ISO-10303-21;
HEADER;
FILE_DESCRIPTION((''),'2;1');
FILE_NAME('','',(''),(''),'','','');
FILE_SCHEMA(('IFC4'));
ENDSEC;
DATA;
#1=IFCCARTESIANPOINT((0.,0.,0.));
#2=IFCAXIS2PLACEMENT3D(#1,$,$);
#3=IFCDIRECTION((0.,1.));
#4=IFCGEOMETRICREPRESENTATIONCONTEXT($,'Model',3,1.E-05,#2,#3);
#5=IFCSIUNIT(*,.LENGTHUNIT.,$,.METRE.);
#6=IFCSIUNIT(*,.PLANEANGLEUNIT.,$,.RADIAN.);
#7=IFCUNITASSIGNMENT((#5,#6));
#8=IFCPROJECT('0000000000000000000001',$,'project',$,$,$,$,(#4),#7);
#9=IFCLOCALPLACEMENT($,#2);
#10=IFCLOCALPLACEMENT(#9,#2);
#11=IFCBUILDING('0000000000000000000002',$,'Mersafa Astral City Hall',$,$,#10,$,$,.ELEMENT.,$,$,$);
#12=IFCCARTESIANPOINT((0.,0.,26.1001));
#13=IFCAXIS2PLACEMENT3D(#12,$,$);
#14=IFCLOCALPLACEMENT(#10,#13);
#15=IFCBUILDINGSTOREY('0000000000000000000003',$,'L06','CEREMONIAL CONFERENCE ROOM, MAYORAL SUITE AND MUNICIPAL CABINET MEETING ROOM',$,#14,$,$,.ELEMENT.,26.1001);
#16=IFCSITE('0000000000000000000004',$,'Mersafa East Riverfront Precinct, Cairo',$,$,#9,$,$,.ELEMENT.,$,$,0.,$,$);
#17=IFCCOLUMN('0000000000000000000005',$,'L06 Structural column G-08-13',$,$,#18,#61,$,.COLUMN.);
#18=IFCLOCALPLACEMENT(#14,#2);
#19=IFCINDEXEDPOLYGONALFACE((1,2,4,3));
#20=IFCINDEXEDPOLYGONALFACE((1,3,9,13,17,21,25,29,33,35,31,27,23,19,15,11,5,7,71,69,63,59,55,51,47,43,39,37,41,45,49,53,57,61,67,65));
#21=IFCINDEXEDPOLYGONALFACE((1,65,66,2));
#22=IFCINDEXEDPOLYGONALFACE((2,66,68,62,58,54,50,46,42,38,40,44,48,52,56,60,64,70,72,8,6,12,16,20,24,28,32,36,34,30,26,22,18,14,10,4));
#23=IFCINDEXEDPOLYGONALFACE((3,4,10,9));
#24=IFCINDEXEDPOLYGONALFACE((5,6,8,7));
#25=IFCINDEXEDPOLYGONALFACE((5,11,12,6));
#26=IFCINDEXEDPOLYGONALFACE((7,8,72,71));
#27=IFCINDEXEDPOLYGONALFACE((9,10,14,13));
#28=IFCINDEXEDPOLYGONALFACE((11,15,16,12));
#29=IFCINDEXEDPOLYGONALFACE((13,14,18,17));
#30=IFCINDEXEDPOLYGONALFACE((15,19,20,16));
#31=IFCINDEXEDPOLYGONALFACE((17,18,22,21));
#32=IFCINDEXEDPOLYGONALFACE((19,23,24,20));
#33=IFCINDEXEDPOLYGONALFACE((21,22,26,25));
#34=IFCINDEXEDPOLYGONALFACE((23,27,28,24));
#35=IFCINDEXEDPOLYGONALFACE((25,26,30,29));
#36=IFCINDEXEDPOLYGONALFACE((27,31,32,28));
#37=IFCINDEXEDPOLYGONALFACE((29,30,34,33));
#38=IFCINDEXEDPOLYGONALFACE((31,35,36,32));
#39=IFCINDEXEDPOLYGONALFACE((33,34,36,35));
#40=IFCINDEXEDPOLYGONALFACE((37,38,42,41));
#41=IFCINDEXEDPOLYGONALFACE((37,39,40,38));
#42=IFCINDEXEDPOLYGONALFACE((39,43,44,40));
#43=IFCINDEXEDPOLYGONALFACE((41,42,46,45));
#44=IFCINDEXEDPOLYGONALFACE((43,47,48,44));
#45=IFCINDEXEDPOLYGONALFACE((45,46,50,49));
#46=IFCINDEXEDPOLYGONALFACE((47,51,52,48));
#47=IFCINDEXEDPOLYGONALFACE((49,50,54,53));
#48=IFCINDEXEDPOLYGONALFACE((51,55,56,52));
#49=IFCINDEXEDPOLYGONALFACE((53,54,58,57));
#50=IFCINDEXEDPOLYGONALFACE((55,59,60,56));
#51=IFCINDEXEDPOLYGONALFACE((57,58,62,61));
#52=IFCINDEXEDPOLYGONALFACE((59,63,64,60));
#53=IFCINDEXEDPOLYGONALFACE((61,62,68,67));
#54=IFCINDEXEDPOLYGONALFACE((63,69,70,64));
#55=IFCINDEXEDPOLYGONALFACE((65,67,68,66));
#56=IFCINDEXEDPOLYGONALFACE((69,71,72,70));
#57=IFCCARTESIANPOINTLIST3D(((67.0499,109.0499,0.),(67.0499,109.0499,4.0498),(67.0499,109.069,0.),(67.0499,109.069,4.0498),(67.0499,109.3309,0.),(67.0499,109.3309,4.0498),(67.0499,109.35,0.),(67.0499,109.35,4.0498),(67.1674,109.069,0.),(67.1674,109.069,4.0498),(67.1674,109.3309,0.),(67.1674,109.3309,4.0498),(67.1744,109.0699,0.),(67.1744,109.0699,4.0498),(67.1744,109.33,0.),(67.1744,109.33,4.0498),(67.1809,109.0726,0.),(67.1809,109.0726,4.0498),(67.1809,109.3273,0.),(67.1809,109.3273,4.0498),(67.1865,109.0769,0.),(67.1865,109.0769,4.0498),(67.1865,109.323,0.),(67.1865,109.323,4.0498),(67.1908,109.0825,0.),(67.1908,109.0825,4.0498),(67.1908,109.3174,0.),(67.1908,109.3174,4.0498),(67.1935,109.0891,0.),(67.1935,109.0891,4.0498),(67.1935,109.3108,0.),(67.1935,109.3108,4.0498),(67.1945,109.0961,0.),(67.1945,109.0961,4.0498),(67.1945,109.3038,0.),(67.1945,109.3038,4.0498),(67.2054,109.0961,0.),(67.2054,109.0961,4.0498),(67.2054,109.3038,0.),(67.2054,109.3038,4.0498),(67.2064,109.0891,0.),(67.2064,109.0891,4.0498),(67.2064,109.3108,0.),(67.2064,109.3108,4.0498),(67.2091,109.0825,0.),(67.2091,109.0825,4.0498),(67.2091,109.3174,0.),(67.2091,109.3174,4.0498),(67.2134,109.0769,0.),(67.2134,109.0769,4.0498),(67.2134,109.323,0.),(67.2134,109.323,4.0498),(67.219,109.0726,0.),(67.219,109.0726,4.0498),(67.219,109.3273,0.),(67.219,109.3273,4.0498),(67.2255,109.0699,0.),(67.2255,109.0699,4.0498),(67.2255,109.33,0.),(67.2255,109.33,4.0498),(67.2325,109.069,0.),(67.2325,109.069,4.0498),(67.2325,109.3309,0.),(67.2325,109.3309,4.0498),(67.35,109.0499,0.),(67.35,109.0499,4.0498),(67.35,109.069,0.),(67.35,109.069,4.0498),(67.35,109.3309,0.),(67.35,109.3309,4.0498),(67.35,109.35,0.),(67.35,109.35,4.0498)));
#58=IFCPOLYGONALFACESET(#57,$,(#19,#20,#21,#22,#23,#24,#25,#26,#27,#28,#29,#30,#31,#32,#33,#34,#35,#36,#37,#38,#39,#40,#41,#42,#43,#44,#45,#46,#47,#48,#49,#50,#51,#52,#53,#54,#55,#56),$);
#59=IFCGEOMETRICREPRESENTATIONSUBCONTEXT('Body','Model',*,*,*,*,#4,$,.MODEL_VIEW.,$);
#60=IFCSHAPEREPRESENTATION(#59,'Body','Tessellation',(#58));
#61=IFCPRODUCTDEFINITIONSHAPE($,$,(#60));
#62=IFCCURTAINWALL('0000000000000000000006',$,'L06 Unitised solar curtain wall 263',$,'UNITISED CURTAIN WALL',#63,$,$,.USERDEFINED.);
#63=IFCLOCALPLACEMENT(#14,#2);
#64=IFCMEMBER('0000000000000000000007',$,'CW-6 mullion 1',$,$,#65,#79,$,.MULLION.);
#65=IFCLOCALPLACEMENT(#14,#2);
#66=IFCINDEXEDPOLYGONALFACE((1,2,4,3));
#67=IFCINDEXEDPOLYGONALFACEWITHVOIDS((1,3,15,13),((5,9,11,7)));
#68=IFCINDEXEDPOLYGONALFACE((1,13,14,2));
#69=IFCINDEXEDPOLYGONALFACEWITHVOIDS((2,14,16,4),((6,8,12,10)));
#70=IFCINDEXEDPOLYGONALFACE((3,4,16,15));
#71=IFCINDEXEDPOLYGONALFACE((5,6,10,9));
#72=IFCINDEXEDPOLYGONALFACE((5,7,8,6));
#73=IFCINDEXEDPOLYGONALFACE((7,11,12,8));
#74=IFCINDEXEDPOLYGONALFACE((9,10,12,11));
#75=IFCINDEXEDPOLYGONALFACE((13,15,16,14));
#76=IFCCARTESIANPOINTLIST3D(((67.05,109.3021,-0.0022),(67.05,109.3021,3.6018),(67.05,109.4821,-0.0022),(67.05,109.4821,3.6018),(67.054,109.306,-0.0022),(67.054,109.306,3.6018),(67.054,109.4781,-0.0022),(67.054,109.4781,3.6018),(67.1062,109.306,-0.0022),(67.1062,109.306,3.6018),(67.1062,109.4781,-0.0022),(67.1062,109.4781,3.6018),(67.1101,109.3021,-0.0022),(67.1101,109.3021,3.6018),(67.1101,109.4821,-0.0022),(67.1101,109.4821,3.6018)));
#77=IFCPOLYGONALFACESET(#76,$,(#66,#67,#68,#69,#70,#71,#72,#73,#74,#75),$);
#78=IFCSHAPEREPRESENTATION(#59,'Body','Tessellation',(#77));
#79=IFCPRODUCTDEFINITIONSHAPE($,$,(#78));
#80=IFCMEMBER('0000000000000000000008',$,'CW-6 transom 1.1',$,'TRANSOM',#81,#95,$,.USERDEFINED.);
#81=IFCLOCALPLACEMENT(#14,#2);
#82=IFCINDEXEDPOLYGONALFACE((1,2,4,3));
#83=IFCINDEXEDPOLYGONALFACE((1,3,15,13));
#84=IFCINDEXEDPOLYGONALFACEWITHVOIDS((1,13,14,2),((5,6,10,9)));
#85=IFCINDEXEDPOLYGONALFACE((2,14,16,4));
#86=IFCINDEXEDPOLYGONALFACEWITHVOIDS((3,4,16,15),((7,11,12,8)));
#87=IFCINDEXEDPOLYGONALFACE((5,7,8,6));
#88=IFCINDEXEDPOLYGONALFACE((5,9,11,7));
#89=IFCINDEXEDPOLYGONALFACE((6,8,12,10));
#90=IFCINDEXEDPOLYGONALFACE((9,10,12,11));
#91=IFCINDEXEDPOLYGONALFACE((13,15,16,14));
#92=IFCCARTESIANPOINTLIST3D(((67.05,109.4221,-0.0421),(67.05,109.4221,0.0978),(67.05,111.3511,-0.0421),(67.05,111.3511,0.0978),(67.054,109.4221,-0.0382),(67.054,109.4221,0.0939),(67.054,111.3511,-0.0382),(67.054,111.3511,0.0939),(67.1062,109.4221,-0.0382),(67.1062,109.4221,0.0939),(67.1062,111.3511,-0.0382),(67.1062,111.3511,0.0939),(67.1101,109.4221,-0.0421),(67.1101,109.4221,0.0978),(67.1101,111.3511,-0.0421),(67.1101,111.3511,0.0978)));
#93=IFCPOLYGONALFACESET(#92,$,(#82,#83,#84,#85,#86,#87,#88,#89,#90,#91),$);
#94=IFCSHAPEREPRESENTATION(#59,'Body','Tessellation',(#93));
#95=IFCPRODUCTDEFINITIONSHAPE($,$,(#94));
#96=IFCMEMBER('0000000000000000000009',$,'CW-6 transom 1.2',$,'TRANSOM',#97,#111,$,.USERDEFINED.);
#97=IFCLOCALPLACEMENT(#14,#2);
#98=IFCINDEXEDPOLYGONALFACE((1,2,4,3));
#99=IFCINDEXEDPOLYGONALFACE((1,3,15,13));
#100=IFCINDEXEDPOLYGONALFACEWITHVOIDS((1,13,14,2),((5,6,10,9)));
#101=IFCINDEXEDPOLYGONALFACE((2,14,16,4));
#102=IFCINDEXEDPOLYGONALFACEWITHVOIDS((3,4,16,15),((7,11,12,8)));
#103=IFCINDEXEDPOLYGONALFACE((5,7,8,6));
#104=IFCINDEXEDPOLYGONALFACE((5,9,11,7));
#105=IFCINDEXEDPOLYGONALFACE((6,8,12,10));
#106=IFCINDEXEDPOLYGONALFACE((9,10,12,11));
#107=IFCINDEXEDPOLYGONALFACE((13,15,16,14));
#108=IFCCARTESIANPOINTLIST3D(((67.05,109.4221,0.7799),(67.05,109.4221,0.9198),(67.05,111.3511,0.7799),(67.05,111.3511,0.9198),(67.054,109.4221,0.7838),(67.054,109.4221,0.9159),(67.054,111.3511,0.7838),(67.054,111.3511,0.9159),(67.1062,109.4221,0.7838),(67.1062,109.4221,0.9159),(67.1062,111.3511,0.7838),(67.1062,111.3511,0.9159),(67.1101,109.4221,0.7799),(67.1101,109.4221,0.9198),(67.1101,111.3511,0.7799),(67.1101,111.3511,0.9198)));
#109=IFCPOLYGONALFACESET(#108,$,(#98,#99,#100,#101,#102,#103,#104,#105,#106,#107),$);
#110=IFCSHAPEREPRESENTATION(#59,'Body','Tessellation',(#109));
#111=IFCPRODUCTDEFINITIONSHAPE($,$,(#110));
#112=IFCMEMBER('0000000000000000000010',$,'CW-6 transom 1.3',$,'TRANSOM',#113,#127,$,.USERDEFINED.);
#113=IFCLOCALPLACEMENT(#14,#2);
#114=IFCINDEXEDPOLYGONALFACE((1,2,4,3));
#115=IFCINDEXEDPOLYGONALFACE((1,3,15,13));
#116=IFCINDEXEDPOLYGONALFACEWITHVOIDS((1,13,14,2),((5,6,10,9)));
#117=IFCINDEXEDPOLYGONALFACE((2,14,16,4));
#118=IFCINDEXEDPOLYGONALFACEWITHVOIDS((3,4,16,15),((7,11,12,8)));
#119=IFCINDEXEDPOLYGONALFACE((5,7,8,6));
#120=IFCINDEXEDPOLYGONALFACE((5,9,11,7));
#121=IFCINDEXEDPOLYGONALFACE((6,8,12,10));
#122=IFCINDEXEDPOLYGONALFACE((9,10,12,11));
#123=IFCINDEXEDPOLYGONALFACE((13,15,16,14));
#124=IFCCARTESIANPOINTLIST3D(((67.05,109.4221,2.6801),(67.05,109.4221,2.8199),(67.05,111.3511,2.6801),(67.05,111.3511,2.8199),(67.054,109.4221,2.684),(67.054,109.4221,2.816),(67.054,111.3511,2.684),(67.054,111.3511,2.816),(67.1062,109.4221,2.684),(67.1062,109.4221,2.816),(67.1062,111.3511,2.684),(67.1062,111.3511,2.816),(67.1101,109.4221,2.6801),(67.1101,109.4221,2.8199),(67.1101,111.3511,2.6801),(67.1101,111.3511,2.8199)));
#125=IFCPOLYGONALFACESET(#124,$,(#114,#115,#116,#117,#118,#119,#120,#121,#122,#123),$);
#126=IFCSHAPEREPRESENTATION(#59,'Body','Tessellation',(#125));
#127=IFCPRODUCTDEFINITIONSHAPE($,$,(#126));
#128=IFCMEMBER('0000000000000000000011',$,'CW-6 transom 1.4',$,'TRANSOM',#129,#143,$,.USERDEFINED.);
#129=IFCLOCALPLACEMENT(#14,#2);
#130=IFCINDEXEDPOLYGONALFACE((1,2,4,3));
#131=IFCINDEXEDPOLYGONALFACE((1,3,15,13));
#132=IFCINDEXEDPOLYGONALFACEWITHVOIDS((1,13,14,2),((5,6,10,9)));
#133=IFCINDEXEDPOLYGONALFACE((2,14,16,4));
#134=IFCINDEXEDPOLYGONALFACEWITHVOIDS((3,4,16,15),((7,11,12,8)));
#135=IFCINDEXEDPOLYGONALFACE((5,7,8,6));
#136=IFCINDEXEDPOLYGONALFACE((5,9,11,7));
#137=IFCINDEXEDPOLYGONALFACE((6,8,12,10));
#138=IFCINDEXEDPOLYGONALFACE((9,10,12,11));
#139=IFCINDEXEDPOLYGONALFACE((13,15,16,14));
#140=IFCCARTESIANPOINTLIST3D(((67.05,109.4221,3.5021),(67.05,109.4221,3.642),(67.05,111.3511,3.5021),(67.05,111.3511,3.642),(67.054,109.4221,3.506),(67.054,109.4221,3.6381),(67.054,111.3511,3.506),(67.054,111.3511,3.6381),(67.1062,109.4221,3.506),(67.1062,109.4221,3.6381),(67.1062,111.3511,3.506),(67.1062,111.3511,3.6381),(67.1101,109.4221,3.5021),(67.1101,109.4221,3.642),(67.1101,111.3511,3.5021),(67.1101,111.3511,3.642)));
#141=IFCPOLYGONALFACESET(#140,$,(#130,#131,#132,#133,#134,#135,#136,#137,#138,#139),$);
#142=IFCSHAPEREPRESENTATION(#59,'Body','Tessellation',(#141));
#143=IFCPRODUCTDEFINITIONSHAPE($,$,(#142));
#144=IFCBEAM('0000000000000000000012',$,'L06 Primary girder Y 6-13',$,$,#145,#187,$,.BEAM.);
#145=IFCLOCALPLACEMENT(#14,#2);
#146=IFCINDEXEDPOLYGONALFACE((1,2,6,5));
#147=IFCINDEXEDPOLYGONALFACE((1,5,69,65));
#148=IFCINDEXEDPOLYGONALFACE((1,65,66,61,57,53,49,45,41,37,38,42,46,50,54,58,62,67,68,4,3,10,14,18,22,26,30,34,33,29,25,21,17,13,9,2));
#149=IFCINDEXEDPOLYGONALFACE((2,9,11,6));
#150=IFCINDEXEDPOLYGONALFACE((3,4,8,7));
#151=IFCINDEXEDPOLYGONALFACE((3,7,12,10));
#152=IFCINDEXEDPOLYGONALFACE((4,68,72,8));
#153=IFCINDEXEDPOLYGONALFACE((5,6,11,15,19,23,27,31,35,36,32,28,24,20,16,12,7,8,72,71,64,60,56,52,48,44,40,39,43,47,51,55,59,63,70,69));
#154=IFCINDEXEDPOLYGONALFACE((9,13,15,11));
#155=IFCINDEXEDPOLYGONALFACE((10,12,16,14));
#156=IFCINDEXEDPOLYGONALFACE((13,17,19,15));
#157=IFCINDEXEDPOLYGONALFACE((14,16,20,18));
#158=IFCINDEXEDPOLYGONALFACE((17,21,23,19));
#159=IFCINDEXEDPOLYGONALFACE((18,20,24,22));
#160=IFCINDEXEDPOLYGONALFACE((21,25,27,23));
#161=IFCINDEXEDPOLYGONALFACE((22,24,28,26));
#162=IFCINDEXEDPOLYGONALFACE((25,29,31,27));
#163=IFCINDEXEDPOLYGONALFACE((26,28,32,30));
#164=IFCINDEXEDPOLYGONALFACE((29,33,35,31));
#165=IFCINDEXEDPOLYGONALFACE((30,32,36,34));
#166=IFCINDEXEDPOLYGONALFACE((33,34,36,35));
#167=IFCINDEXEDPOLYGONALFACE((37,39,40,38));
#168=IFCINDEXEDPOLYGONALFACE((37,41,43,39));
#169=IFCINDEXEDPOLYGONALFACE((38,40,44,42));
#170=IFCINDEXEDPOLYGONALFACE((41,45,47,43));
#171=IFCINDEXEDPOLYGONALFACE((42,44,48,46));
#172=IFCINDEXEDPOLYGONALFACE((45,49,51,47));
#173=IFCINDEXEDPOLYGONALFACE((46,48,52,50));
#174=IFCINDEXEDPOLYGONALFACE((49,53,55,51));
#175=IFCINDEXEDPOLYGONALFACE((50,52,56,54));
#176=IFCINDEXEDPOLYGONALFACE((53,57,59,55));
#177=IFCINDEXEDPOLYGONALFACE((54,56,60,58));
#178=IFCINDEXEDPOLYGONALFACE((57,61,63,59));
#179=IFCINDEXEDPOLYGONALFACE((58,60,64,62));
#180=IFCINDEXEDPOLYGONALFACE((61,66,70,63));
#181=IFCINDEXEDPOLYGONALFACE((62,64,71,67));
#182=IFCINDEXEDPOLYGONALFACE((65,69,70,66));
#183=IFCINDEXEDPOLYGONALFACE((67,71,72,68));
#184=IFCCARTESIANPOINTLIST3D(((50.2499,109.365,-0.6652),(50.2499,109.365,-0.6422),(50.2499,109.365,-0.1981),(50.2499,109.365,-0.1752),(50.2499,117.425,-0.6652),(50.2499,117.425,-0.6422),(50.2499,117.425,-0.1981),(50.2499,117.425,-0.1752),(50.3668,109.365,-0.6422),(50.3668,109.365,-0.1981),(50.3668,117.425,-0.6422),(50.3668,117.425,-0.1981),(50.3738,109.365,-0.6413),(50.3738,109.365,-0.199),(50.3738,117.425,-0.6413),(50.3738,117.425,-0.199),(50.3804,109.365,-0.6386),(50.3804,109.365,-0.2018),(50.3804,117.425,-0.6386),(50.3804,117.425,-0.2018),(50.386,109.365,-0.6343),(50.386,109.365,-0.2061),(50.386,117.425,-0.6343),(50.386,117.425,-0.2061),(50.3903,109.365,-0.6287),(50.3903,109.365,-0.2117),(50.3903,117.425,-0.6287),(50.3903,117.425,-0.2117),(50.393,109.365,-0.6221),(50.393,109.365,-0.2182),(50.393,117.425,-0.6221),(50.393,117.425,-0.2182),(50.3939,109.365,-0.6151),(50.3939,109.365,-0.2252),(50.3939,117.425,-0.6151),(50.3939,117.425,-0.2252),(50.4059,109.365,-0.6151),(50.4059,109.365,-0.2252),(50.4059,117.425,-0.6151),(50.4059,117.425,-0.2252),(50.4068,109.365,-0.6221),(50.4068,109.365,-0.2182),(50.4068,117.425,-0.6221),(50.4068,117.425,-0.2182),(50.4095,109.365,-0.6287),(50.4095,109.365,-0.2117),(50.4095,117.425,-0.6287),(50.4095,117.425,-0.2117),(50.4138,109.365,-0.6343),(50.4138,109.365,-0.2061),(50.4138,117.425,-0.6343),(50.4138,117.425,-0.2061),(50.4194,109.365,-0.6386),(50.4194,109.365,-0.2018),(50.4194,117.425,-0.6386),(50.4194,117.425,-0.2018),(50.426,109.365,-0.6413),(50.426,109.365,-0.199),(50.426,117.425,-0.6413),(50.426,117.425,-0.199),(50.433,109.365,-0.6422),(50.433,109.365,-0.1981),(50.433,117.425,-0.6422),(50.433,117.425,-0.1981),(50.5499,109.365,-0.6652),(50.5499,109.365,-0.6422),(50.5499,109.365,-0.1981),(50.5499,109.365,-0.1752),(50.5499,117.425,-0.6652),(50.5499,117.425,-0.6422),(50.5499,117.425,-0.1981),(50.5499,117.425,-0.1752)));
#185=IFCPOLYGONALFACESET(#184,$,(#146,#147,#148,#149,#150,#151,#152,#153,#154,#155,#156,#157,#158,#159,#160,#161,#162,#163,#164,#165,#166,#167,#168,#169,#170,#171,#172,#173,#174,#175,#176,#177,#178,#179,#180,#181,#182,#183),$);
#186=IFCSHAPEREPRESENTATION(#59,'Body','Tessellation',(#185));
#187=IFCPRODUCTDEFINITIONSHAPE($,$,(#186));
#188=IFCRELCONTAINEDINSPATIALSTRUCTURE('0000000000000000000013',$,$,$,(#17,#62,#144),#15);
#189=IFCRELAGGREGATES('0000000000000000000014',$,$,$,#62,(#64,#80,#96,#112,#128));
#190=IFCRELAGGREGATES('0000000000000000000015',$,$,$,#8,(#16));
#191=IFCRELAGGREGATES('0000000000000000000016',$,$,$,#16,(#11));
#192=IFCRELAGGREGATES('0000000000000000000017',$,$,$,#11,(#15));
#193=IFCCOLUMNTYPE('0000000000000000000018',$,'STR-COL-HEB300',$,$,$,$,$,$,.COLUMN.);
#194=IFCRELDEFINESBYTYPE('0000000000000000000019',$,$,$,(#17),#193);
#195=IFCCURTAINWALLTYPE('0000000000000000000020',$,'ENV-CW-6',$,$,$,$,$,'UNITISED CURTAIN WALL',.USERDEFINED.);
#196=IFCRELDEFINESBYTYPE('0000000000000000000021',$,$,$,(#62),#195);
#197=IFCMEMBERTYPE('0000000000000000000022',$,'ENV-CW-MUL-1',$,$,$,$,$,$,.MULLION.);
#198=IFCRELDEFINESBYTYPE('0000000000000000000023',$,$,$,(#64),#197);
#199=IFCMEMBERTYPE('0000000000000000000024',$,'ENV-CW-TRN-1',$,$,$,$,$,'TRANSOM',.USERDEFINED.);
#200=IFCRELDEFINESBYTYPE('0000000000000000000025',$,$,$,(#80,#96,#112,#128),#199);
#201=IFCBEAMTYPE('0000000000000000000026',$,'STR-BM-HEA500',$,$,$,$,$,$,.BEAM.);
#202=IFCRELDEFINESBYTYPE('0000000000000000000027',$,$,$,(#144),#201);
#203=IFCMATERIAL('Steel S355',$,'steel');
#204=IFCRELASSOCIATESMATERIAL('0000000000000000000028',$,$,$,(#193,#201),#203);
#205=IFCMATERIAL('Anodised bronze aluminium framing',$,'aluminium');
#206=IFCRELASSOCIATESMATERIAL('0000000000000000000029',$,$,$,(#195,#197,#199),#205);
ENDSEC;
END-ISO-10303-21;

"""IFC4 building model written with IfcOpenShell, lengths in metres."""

from ifc_helpers import new_model, si_unit, direction, frame, origin, origin_2d, place, context, subcontext, project, spatial, hollow_rectangle, i_section, extrude, material, material_profile, profile_set, type_object, element, aggregate, save


model = new_model("IFC4")

# Units and contexts
model_context = context("Model", 3, precision=1e-05, world=origin(), true_north=direction((0.0, 1.0)))
body_context = subcontext(model_context, "Body", "Model", "MODEL_VIEW")
ifc_project = project(units=[si_unit("LENGTHUNIT", "METRE"), si_unit("PLANEANGLEUNIT", "RADIAN")], contexts=[model_context])

# Site, building, storey
site_placement = place(None, origin())
site = spatial("IfcSite", under=ifc_project, at=site_placement, Name="Mersafa East Riverfront Precinct, Cairo", CompositionType="ELEMENT", RefElevation=0.0)
building_placement = place(site_placement, origin())
building = spatial("IfcBuilding", under=site, at=building_placement, Name="Mersafa Astral City Hall", CompositionType="ELEMENT")
storey_placement = place(building_placement, frame((0.0, 0.0, 26.1001)))
storey = spatial("IfcBuildingStorey", under=building, at=storey_placement, Name="L06", Description="CEREMONIAL CONFERENCE ROOM, MAYORAL SUITE AND MUNICIPAL CABINET MEETING ROOM", CompositionType="ELEMENT", Elevation=26.1001)

# Column
ifc_material_1 = material(Name="Steel S355", Category="steel")
ifc_material_profile_1 = material_profile(ifc_material_1, i_section(OverallWidth=0.3, OverallDepth=0.3, WebThickness=0.011, FlangeThickness=0.019, FilletRadius=0.0271, at=origin_2d()), Name="HEB 300")
ifc_profile_set_1 = profile_set([ifc_material_profile_1], Name="Steel S355")
column_type = type_object("IfcColumnType", Name="STR-COL-HEB300", PredefinedType="COLUMN", material=ifc_profile_set_1)
column_placement = place(storey_placement, frame((67.2, 109.2, 0.0), z_axis=(0.0, 0.0, 1.0), x_axis=(1.0, 0.0, 0.0)))
element("IfcColumn", 1, at=column_placement, inside=storey, type_object=column_type, Name="L06 Structural column G-08-13", PredefinedType="COLUMN", context=body_context, shape_type="SweptSolid", body=[
    extrude(i_section(OverallWidth=0.3, OverallDepth=0.3, WebThickness=0.011, FlangeThickness=0.019, FilletRadius=0.0271, at=origin_2d()), origin(), (0.0, 0.0, 1.0), 4.0498),
])

# Curtain wall, members
ifc_material_2 = material(Name="Anodised bronze aluminium framing", Category="aluminium")
curtain_wall_type = type_object("IfcCurtainWallType", Name="ENV-CW-6", ElementType="UNITISED CURTAIN WALL", PredefinedType="USERDEFINED", material=ifc_material_2)
curtain_wall_placement = place(storey_placement, origin())
curtain_wall = element("IfcCurtainWall", 2, at=curtain_wall_placement, inside=storey, type_object=curtain_wall_type, Name="L06 Unitised solar curtain wall 263", ObjectType="UNITISED CURTAIN WALL", PredefinedType="USERDEFINED")
ifc_material_profile_2 = material_profile(ifc_material_2, hollow_rectangle(XDim=0.0601, YDim=0.1799, WallThickness=0.0039, at=origin_2d()), Name="RHS 60x180x4")
ifc_profile_set_2 = profile_set([ifc_material_profile_2], Name="Anodised bronze aluminium framing")
member_type_1 = type_object("IfcMemberType", Name="ENV-CW-MUL-1", PredefinedType="MULLION", material=ifc_profile_set_2)
member_1_placement = place(storey_placement, frame((67.0801, 109.3921, -0.0022), z_axis=(0.0, 0.0, 1.0), x_axis=(-1.0, 0.0, 0.0)))
member_1 = element("IfcMember", 3, at=member_1_placement, type_object=member_type_1, Name="CW-6 mullion 1", PredefinedType="MULLION", context=body_context, shape_type="SweptSolid", body=[
    extrude(hollow_rectangle(XDim=0.0601, YDim=0.1799, WallThickness=0.0039, at=origin_2d()), origin(), (0.0, 0.0, 1.0), 3.604),
])
ifc_material_profile_3 = material_profile(ifc_material_2, hollow_rectangle(XDim=0.0601, YDim=0.1399, WallThickness=0.0039, at=origin_2d()), Name="RHS 60x140x4")
ifc_profile_set_3 = profile_set([ifc_material_profile_3], Name="Anodised bronze aluminium framing")
member_type_2 = type_object("IfcMemberType", Name="ENV-CW-TRN-1", ElementType="TRANSOM", PredefinedType="USERDEFINED", material=ifc_profile_set_3)
member_2_placement = place(storey_placement, frame((67.0801, 109.4221, 0.0278), z_axis=(0.0, 1.0, 0.0), x_axis=(-1.0, 0.0, 0.0)))
member_2 = element("IfcMember", 4, at=member_2_placement, type_object=member_type_2, Name="CW-6 transom 1.1", ObjectType="TRANSOM", PredefinedType="USERDEFINED", context=body_context, shape_type="SweptSolid", body=[
    extrude(hollow_rectangle(XDim=0.0601, YDim=0.1399, WallThickness=0.0039, at=origin_2d()), origin(), (0.0, 0.0, 1.0), 1.929),
])
member_3_placement = place(storey_placement, frame((67.0801, 109.4221, 0.8499), z_axis=(0.0, 1.0, 0.0), x_axis=(-1.0, 0.0, 0.0)))
member_3 = element("IfcMember", 5, at=member_3_placement, type_object=member_type_2, Name="CW-6 transom 1.2", ObjectType="TRANSOM", PredefinedType="USERDEFINED", context=body_context, shape_type="SweptSolid", body=[
    extrude(hollow_rectangle(XDim=0.0601, YDim=0.1399, WallThickness=0.0039, at=origin_2d()), origin(), (0.0, 0.0, 1.0), 1.929),
])
member_4_placement = place(storey_placement, frame((67.0801, 109.4221, 2.75), z_axis=(0.0, 1.0, 0.0), x_axis=(-1.0, 0.0, 0.0)))
member_4 = element("IfcMember", 6, at=member_4_placement, type_object=member_type_2, Name="CW-6 transom 1.3", ObjectType="TRANSOM", PredefinedType="USERDEFINED", context=body_context, shape_type="SweptSolid", body=[
    extrude(hollow_rectangle(XDim=0.0601, YDim=0.1399, WallThickness=0.0039, at=origin_2d()), origin(), (0.0, 0.0, 1.0), 1.929),
])
member_5_placement = place(storey_placement, frame((67.0801, 109.4221, 3.572), z_axis=(0.0, 1.0, 0.0), x_axis=(-1.0, 0.0, 0.0)))
member_5 = element("IfcMember", 7, at=member_5_placement, type_object=member_type_2, Name="CW-6 transom 1.4", ObjectType="TRANSOM", PredefinedType="USERDEFINED", context=body_context, shape_type="SweptSolid", body=[
    extrude(hollow_rectangle(XDim=0.0601, YDim=0.1399, WallThickness=0.0039, at=origin_2d()), origin(), (0.0, 0.0, 1.0), 1.929),
])
aggregate(curtain_wall, [member_1, member_2, member_3, member_4, member_5])

# Beam
ifc_material_profile_4 = material_profile(ifc_material_1, i_section(OverallWidth=0.3, OverallDepth=0.49, WebThickness=0.012, FlangeThickness=0.0229, FilletRadius=0.0271, at=origin_2d()), Name="HEA 500")
ifc_profile_set_4 = profile_set([ifc_material_profile_4], Name="Steel S355")
beam_type_1 = type_object("IfcBeamType", Name="STR-BM-HEA500", PredefinedType="BEAM", material=ifc_profile_set_4)
beam_1_placement = place(storey_placement, frame((50.3999, 109.365, -0.4202), z_axis=(0.0, 1.0, 0.0), x_axis=(-1.0, 0.0, 0.0)))
element("IfcBeam", 8, at=beam_1_placement, inside=storey, type_object=beam_type_1, Name="L06 Primary girder Y 6-13", PredefinedType="BEAM", context=body_context, shape_type="SweptSolid", body=[
    extrude(i_section(OverallWidth=0.3, OverallDepth=0.49, WebThickness=0.012, FlangeThickness=0.0229, FilletRadius=0.0271, at=origin_2d()), origin(), (0.0, 0.0, 1.0), 8.0601),
])

save(model, "model.ifc")
